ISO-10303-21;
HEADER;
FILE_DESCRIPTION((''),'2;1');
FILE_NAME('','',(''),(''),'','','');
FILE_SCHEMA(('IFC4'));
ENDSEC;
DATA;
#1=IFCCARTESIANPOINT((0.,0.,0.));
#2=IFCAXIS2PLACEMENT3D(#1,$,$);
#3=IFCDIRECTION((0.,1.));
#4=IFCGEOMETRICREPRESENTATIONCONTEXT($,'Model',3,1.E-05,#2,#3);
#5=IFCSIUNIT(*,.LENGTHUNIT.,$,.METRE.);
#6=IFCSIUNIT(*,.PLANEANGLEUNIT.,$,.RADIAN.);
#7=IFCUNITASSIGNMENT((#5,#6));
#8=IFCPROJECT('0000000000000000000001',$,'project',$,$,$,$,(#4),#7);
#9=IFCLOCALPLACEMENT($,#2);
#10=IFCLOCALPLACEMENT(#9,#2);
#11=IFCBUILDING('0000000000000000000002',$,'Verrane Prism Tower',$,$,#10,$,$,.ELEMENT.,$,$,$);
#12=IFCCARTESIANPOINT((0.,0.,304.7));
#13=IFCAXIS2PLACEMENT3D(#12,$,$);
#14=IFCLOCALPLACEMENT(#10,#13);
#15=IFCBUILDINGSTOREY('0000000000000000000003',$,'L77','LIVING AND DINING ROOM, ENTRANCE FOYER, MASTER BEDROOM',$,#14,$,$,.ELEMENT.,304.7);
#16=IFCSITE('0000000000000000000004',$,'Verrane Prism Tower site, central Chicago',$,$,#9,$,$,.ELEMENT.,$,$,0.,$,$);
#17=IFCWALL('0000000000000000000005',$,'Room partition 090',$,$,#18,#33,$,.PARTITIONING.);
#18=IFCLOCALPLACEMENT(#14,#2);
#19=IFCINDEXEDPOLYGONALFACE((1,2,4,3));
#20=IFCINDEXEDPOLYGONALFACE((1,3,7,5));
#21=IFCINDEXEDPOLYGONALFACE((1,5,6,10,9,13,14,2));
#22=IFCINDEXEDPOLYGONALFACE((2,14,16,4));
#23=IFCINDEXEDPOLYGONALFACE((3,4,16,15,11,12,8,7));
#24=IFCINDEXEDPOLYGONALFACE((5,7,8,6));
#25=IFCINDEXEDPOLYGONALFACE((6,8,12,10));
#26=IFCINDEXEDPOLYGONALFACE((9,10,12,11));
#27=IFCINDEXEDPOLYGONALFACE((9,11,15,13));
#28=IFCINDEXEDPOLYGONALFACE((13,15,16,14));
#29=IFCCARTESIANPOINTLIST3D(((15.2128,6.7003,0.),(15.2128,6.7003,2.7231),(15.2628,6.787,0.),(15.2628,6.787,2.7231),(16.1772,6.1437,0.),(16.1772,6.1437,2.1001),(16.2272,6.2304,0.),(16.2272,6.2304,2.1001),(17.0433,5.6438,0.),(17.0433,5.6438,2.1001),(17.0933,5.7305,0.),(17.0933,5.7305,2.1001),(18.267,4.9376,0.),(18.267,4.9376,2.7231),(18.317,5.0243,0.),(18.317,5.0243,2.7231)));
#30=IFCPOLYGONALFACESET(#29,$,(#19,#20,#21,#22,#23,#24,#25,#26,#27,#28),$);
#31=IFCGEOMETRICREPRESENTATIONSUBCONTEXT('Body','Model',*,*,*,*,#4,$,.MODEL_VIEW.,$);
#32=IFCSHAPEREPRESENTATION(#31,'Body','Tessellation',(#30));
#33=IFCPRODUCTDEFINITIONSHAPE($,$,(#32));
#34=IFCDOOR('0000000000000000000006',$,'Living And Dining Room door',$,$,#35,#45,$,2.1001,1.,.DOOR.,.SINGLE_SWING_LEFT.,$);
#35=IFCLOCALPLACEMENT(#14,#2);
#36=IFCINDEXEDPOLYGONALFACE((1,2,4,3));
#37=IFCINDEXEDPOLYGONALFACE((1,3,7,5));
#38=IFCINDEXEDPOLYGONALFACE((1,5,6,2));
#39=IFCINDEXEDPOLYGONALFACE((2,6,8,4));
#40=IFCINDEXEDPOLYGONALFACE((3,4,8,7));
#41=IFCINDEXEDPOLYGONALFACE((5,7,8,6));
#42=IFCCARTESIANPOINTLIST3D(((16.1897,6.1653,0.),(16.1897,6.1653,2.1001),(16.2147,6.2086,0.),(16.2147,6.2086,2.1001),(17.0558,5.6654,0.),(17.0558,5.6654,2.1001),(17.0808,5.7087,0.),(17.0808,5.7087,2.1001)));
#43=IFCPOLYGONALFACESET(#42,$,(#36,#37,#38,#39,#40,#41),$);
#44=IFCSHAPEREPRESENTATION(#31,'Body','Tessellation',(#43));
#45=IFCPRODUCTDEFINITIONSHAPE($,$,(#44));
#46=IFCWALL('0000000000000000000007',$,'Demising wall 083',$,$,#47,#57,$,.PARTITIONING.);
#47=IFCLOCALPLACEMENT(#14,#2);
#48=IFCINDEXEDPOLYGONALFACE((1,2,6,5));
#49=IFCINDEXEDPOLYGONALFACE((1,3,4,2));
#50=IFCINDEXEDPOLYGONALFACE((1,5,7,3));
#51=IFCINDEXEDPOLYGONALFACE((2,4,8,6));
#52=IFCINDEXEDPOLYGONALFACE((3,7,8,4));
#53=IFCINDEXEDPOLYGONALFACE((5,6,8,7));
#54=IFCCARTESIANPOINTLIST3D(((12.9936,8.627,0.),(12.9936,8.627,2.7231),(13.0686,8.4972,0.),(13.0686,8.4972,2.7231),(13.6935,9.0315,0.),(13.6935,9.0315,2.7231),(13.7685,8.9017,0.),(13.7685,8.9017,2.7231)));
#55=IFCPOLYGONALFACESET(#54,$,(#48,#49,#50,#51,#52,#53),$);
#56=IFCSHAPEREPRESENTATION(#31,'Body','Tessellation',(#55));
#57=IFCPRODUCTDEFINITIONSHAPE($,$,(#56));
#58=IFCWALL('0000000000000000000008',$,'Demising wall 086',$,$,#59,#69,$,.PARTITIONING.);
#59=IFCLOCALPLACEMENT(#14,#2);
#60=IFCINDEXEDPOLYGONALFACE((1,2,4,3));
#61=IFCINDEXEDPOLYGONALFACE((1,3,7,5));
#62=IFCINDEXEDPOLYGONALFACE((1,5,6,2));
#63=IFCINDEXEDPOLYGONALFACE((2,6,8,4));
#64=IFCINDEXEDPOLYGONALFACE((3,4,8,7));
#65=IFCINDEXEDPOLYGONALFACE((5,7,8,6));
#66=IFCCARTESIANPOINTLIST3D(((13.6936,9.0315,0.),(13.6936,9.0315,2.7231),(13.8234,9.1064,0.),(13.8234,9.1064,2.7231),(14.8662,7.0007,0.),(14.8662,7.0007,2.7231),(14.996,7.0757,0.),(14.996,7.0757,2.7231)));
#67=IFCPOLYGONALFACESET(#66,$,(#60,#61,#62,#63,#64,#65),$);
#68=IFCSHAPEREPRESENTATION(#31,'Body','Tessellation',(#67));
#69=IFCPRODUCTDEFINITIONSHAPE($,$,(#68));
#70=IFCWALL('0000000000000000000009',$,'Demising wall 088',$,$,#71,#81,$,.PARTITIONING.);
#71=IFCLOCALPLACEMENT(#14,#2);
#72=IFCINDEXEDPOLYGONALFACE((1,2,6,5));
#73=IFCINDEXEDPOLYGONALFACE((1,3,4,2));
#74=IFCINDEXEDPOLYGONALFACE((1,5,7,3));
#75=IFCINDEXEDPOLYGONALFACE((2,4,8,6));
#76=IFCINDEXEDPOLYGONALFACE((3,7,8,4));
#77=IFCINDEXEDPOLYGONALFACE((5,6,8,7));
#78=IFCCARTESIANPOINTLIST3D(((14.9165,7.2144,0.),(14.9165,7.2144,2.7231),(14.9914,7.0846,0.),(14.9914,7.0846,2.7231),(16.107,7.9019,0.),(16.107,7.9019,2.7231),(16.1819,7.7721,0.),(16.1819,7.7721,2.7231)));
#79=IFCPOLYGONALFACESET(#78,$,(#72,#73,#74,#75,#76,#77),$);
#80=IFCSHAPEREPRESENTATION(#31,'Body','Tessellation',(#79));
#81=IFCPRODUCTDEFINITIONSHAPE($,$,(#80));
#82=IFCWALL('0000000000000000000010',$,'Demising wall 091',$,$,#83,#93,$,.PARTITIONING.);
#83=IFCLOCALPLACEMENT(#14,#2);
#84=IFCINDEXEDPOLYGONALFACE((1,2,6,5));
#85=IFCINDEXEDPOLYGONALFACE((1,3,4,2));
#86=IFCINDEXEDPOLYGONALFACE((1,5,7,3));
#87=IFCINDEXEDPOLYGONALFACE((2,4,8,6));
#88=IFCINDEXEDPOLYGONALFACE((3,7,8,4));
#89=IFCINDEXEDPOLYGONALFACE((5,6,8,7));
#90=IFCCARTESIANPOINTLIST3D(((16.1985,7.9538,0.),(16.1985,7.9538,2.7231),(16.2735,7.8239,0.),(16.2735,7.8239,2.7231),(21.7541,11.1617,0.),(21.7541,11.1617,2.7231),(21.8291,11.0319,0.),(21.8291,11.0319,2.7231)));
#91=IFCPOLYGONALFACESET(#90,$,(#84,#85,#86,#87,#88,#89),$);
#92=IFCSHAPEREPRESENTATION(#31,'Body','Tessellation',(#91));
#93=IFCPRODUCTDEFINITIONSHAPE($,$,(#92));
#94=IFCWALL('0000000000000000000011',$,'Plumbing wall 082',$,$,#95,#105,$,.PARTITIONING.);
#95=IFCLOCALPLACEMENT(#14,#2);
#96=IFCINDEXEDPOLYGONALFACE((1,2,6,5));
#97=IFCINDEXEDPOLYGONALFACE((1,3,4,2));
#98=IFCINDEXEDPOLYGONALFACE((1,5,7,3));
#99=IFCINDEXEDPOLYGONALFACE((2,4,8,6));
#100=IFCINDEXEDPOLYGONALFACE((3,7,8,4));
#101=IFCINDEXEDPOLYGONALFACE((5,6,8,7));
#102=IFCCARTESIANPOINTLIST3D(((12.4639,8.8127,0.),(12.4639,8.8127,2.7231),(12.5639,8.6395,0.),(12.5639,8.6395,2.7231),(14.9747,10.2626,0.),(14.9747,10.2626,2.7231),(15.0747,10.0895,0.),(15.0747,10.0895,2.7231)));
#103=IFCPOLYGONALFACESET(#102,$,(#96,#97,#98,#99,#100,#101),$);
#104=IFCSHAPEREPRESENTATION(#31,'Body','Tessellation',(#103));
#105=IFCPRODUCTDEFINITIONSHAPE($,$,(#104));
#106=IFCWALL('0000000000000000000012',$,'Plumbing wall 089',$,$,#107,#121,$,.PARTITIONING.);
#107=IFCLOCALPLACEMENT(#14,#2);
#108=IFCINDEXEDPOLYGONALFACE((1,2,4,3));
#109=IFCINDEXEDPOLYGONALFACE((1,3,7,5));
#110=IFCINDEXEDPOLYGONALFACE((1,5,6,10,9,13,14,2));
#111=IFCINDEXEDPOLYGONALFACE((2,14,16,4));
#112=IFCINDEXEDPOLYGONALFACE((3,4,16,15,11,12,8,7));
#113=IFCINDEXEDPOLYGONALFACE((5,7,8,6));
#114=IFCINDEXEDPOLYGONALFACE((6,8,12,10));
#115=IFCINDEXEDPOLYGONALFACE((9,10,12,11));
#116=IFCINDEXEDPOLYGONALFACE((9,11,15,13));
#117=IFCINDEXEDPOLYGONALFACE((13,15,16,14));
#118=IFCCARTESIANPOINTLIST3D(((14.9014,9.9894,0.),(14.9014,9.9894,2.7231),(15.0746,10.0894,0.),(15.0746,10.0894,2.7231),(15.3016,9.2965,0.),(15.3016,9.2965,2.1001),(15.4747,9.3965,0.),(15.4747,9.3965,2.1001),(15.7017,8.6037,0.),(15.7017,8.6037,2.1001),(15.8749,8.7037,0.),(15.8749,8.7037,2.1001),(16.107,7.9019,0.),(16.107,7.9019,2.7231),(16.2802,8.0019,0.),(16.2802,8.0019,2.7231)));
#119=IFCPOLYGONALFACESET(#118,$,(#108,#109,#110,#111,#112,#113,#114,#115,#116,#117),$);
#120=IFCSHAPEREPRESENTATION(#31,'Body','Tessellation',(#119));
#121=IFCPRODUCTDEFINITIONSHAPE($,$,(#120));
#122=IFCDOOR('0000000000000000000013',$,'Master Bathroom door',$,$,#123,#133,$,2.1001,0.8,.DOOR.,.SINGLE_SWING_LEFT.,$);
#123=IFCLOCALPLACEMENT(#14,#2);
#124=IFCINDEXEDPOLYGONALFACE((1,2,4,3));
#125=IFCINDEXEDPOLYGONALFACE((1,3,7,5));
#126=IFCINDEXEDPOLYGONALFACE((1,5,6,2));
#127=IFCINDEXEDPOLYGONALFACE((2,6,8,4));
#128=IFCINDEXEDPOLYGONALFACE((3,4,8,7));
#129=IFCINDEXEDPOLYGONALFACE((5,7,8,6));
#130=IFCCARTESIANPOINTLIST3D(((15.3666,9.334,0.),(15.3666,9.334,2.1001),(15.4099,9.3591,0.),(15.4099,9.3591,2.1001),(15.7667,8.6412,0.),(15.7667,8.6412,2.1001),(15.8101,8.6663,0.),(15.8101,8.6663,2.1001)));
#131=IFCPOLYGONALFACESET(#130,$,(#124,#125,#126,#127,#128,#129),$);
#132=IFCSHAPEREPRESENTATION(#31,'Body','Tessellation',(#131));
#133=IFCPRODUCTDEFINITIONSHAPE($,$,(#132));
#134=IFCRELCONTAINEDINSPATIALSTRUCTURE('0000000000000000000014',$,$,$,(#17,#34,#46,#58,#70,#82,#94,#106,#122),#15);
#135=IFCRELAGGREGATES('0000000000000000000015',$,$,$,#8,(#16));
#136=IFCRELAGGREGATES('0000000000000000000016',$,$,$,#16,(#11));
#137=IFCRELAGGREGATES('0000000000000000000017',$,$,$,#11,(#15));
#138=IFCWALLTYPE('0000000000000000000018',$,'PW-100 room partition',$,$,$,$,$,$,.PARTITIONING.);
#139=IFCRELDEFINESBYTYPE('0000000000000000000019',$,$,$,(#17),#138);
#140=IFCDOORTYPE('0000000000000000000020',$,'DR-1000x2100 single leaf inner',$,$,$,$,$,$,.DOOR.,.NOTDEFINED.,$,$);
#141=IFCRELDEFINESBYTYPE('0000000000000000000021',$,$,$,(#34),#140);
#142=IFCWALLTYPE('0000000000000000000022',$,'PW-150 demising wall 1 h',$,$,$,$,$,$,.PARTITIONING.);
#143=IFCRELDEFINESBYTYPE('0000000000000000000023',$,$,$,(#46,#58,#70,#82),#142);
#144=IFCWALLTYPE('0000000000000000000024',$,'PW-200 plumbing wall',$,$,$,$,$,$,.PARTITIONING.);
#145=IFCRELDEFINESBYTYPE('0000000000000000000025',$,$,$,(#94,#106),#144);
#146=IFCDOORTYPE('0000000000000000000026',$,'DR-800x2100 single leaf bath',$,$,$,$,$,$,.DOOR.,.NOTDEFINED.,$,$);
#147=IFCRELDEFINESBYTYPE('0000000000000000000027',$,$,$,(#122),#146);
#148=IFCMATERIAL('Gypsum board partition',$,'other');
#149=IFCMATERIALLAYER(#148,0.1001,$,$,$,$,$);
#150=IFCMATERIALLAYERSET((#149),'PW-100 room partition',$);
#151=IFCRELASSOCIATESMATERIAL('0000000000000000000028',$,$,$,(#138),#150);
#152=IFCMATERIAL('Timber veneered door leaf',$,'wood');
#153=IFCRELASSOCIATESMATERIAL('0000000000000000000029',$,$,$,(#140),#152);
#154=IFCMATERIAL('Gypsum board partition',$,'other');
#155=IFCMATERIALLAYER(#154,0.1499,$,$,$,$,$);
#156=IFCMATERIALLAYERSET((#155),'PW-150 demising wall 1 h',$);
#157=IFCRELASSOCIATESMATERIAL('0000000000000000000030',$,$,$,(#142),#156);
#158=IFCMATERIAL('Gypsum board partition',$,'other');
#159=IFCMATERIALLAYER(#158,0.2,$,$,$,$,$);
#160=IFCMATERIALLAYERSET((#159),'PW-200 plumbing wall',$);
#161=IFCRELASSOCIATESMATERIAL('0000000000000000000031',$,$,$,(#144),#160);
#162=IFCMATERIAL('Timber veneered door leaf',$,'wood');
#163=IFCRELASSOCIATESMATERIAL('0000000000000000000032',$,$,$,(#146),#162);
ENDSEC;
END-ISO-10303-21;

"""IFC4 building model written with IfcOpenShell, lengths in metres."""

from ifc_helpers import new_model, si_unit, direction, frame, frame_2d, origin, place, context, subcontext, project, spatial, rectangle, extrude, material, layer, layer_set, type_object, element, fill, save


model = new_model("IFC4")

# Units and contexts
model_context = context("Model", 3, precision=1e-05, world=origin(), true_north=direction((0.0, 1.0)))
body_context = subcontext(model_context, "Body", "Model", "MODEL_VIEW")
ifc_project = project(units=[si_unit("LENGTHUNIT", "METRE"), si_unit("PLANEANGLEUNIT", "RADIAN")], contexts=[model_context])

# Site, building, storey
site_placement = place(None, origin())
site = spatial("IfcSite", under=ifc_project, at=site_placement, Name="Verrane Prism Tower site, central Chicago", CompositionType="ELEMENT", RefElevation=0.0)
building_placement = place(site_placement, origin())
building = spatial("IfcBuilding", under=site, at=building_placement, Name="Verrane Prism Tower", CompositionType="ELEMENT")
storey_placement = place(building_placement, frame((0.0, 0.0, 304.7)))
storey = spatial("IfcBuildingStorey", under=building, at=storey_placement, Name="L77", Description="LIVING AND DINING ROOM, ENTRANCE FOYER, MASTER BEDROOM", CompositionType="ELEMENT", Elevation=304.7)

# Shared definitions
ifc_material_1 = material(Name="Gypsum board partition", Category="other")
ifc_layer_1 = layer(ifc_material_1, 0.1001)
ifc_layer_set_1 = layer_set([ifc_layer_1], Name="PW-100 room partition")
wall_type_1 = type_object("IfcWallType", Name="PW-100 room partition", PredefinedType="PARTITIONING", material=ifc_layer_set_1)

# Wall, opening, door
wall_1_placement = place(storey_placement, frame((15.2378, 6.7437, 0.0), z_axis=(0.0, 0.0, 1.0), x_axis=(0.866105, -0.499862, 0.0)))
wall_1 = element("IfcWall", 1, at=wall_1_placement, inside=storey, type_object=wall_type_1, Name="Room partition 090", PredefinedType="PARTITIONING", context=body_context, shape_type="SweptSolid", body=[
    extrude(rectangle(XDim=3.5264, YDim=0.1001, at=frame_2d((1.7632, 0.0))), origin(), (0.0, 0.0, 1.0), 2.7231),
])
opening_1_placement = place(wall_1_placement, frame((1.1135, 0.0, 0.0)))
opening_1 = element("IfcOpeningElement", 2, at=opening_1_placement, cuts=wall_1, PredefinedType="OPENING", context=body_context, shape_type="SweptSolid", body=[
    extrude(rectangle(XDim=1.0, YDim=2.1001, at=frame_2d((0.5, 1.05))), frame((0.0, 0.0601, 0.0), z_axis=(0.0, -1.0, 0.0), x_axis=(1.0, 0.0, 0.0)), (0.0, 0.0, 1.0), 0.1201),
])
ifc_material_2 = material(Name="Timber veneered door leaf", Category="wood")
door_type_1 = type_object("IfcDoorType", Name="DR-1000x2100 single leaf inner", OperationType="NOTDEFINED", PredefinedType="DOOR", material=ifc_material_2)
door_1_placement = place(opening_1_placement, origin())
door_1 = element("IfcDoor", 3, at=door_1_placement, inside=storey, type_object=door_type_1, Name="Living And Dining Room door", OperationType="SINGLE_SWING_LEFT", OverallHeight=2.1001, OverallWidth=1.0, PredefinedType="DOOR", context=body_context, shape_type="SweptSolid", body=[
    extrude(rectangle(XDim=1.0, YDim=2.1001, at=frame_2d((0.5, 1.05))), frame((0.0, 0.0249, 0.0), z_axis=(0.0, -1.0, 0.0), x_axis=(1.0, 0.0, 0.0)), (0.0, 0.0, 1.0), 0.05),
])
fill(opening_1, door_1)

# Walls
ifc_material_3 = material(Name="Gypsum board partition", Category="other")
ifc_layer_2 = layer(ifc_material_3, 0.1499)
ifc_layer_set_2 = layer_set([ifc_layer_2], Name="PW-150 demising wall 1 h")
wall_type_2 = type_object("IfcWallType", Name="PW-150 demising wall 1 h", PredefinedType="PARTITIONING", material=ifc_layer_set_2)
wall_2_placement = place(storey_placement, frame((13.031, 8.562, 0.0), z_axis=(0.0, 0.0, 1.0), x_axis=(0.865798, 0.500393, 0.0)))
element("IfcWall", 4, at=wall_2_placement, inside=storey, type_object=wall_type_2, Name="Demising wall 083", PredefinedType="PARTITIONING", context=body_context, shape_type="SweptSolid", body=[
    extrude(rectangle(XDim=0.8083, YDim=0.1499, at=frame_2d((0.4043, 0.0))), origin(), (0.0, 0.0, 1.0), 2.7231),
])
wall_3_placement = place(storey_placement, frame((13.7585, 9.0688, 0.0), z_axis=(0.0, 0.0, 1.0), x_axis=(0.500047, -0.865998, 0.0)))
element("IfcWall", 5, at=wall_3_placement, inside=storey, type_object=wall_type_2, Name="Demising wall 086", PredefinedType="PARTITIONING", context=body_context, shape_type="SweptSolid", body=[
    extrude(rectangle(XDim=2.345, YDim=0.1499, at=frame_2d((1.1724, 0.0))), origin(), (0.0, 0.0, 1.0), 2.7231),
])
wall_4_placement = place(storey_placement, frame((14.9539, 7.1494, 0.0), z_axis=(0.0, 0.0, 1.0), x_axis=(0.865961, 0.500112, 0.0)))
element("IfcWall", 6, at=wall_4_placement, inside=storey, type_object=wall_type_2, Name="Demising wall 088", PredefinedType="PARTITIONING", context=body_context, shape_type="SweptSolid", body=[
    extrude(rectangle(XDim=1.3748, YDim=0.1499, at=frame_2d((0.6875, 0.0))), origin(), (0.0, 0.0, 1.0), 2.7231),
])
wall_5_placement = place(storey_placement, frame((16.2361, 7.8889, 0.0), z_axis=(0.0, 0.0, 1.0), x_axis=(0.865995, 0.500052, 0.0)))
element("IfcWall", 7, at=wall_5_placement, inside=storey, type_object=wall_type_2, Name="Demising wall 091", PredefinedType="PARTITIONING", context=body_context, shape_type="SweptSolid", body=[
    extrude(rectangle(XDim=6.4153, YDim=0.1499, at=frame_2d((3.2075, 0.0))), origin(), (0.0, 0.0, 1.0), 2.7231),
])
ifc_material_4 = material(Name="Gypsum board partition", Category="other")
ifc_layer_3 = layer(ifc_material_4, 0.2)
ifc_layer_set_3 = layer_set([ifc_layer_3], Name="PW-200 plumbing wall")
wall_type_3 = type_object("IfcWallType", Name="PW-200 plumbing wall", PredefinedType="PARTITIONING", material=ifc_layer_set_3)
wall_6_placement = place(storey_placement, frame((12.5139, 8.7261, 0.0), z_axis=(0.0, 0.0, 1.0), x_axis=(0.86597, 0.500097, 0.0)))
element("IfcWall", 8, at=wall_6_placement, inside=storey, type_object=wall_type_3, Name="Plumbing wall 082", PredefinedType="PARTITIONING", context=body_context, shape_type="SweptSolid", body=[
    extrude(rectangle(XDim=2.8994, YDim=0.2, at=frame_2d((1.4497, 0.0))), origin(), (0.0, 0.0, 1.0), 2.7231),
])

# Wall, opening, door
wall_7_placement = place(storey_placement, frame((16.1936, 7.9519, 0.0), z_axis=(0.0, 0.0, 1.0), x_axis=(-0.500126, 0.865953, 0.0)))
wall_7 = element("IfcWall", 9, at=wall_7_placement, inside=storey, type_object=wall_type_3, Name="Plumbing wall 089", PredefinedType="PARTITIONING", context=body_context, shape_type="SweptSolid", body=[
    extrude(rectangle(XDim=2.4106, YDim=0.2, at=frame_2d((1.2053, 0.0))), origin(), (0.0, 0.0, 1.0), 2.7231),
])
opening_2_placement = place(wall_7_placement, frame((0.8105, 0.0, 0.0)))
opening_2 = element("IfcOpeningElement", 10, at=opening_2_placement, cuts=wall_7, PredefinedType="OPENING", context=body_context, shape_type="SweptSolid", body=[
    extrude(rectangle(XDim=0.8, YDim=2.1001, at=frame_2d((0.3999, 1.05))), frame((0.0, 0.1099, 0.0), z_axis=(0.0, -1.0, 0.0), x_axis=(1.0, 0.0, 0.0)), (0.0, 0.0, 1.0), 0.22),
])
ifc_material_5 = material(Name="Timber veneered door leaf", Category="wood")
door_type_2 = type_object("IfcDoorType", Name="DR-800x2100 single leaf bath", OperationType="NOTDEFINED", PredefinedType="DOOR", material=ifc_material_5)
door_2_placement = place(opening_2_placement, origin())
door_2 = element("IfcDoor", 11, at=door_2_placement, inside=storey, type_object=door_type_2, Name="Master Bathroom door", OperationType="SINGLE_SWING_LEFT", OverallHeight=2.1001, OverallWidth=0.8, PredefinedType="DOOR", context=body_context, shape_type="SweptSolid", body=[
    extrude(rectangle(XDim=0.8, YDim=2.1001, at=frame_2d((0.3999, 1.05))), frame((0.0, 0.0249, 0.0), z_axis=(0.0, -1.0, 0.0), x_axis=(1.0, 0.0, 0.0)), (0.0, 0.0, 1.0), 0.05),
])
fill(opening_2, door_2)

save(model, "model.ifc")
